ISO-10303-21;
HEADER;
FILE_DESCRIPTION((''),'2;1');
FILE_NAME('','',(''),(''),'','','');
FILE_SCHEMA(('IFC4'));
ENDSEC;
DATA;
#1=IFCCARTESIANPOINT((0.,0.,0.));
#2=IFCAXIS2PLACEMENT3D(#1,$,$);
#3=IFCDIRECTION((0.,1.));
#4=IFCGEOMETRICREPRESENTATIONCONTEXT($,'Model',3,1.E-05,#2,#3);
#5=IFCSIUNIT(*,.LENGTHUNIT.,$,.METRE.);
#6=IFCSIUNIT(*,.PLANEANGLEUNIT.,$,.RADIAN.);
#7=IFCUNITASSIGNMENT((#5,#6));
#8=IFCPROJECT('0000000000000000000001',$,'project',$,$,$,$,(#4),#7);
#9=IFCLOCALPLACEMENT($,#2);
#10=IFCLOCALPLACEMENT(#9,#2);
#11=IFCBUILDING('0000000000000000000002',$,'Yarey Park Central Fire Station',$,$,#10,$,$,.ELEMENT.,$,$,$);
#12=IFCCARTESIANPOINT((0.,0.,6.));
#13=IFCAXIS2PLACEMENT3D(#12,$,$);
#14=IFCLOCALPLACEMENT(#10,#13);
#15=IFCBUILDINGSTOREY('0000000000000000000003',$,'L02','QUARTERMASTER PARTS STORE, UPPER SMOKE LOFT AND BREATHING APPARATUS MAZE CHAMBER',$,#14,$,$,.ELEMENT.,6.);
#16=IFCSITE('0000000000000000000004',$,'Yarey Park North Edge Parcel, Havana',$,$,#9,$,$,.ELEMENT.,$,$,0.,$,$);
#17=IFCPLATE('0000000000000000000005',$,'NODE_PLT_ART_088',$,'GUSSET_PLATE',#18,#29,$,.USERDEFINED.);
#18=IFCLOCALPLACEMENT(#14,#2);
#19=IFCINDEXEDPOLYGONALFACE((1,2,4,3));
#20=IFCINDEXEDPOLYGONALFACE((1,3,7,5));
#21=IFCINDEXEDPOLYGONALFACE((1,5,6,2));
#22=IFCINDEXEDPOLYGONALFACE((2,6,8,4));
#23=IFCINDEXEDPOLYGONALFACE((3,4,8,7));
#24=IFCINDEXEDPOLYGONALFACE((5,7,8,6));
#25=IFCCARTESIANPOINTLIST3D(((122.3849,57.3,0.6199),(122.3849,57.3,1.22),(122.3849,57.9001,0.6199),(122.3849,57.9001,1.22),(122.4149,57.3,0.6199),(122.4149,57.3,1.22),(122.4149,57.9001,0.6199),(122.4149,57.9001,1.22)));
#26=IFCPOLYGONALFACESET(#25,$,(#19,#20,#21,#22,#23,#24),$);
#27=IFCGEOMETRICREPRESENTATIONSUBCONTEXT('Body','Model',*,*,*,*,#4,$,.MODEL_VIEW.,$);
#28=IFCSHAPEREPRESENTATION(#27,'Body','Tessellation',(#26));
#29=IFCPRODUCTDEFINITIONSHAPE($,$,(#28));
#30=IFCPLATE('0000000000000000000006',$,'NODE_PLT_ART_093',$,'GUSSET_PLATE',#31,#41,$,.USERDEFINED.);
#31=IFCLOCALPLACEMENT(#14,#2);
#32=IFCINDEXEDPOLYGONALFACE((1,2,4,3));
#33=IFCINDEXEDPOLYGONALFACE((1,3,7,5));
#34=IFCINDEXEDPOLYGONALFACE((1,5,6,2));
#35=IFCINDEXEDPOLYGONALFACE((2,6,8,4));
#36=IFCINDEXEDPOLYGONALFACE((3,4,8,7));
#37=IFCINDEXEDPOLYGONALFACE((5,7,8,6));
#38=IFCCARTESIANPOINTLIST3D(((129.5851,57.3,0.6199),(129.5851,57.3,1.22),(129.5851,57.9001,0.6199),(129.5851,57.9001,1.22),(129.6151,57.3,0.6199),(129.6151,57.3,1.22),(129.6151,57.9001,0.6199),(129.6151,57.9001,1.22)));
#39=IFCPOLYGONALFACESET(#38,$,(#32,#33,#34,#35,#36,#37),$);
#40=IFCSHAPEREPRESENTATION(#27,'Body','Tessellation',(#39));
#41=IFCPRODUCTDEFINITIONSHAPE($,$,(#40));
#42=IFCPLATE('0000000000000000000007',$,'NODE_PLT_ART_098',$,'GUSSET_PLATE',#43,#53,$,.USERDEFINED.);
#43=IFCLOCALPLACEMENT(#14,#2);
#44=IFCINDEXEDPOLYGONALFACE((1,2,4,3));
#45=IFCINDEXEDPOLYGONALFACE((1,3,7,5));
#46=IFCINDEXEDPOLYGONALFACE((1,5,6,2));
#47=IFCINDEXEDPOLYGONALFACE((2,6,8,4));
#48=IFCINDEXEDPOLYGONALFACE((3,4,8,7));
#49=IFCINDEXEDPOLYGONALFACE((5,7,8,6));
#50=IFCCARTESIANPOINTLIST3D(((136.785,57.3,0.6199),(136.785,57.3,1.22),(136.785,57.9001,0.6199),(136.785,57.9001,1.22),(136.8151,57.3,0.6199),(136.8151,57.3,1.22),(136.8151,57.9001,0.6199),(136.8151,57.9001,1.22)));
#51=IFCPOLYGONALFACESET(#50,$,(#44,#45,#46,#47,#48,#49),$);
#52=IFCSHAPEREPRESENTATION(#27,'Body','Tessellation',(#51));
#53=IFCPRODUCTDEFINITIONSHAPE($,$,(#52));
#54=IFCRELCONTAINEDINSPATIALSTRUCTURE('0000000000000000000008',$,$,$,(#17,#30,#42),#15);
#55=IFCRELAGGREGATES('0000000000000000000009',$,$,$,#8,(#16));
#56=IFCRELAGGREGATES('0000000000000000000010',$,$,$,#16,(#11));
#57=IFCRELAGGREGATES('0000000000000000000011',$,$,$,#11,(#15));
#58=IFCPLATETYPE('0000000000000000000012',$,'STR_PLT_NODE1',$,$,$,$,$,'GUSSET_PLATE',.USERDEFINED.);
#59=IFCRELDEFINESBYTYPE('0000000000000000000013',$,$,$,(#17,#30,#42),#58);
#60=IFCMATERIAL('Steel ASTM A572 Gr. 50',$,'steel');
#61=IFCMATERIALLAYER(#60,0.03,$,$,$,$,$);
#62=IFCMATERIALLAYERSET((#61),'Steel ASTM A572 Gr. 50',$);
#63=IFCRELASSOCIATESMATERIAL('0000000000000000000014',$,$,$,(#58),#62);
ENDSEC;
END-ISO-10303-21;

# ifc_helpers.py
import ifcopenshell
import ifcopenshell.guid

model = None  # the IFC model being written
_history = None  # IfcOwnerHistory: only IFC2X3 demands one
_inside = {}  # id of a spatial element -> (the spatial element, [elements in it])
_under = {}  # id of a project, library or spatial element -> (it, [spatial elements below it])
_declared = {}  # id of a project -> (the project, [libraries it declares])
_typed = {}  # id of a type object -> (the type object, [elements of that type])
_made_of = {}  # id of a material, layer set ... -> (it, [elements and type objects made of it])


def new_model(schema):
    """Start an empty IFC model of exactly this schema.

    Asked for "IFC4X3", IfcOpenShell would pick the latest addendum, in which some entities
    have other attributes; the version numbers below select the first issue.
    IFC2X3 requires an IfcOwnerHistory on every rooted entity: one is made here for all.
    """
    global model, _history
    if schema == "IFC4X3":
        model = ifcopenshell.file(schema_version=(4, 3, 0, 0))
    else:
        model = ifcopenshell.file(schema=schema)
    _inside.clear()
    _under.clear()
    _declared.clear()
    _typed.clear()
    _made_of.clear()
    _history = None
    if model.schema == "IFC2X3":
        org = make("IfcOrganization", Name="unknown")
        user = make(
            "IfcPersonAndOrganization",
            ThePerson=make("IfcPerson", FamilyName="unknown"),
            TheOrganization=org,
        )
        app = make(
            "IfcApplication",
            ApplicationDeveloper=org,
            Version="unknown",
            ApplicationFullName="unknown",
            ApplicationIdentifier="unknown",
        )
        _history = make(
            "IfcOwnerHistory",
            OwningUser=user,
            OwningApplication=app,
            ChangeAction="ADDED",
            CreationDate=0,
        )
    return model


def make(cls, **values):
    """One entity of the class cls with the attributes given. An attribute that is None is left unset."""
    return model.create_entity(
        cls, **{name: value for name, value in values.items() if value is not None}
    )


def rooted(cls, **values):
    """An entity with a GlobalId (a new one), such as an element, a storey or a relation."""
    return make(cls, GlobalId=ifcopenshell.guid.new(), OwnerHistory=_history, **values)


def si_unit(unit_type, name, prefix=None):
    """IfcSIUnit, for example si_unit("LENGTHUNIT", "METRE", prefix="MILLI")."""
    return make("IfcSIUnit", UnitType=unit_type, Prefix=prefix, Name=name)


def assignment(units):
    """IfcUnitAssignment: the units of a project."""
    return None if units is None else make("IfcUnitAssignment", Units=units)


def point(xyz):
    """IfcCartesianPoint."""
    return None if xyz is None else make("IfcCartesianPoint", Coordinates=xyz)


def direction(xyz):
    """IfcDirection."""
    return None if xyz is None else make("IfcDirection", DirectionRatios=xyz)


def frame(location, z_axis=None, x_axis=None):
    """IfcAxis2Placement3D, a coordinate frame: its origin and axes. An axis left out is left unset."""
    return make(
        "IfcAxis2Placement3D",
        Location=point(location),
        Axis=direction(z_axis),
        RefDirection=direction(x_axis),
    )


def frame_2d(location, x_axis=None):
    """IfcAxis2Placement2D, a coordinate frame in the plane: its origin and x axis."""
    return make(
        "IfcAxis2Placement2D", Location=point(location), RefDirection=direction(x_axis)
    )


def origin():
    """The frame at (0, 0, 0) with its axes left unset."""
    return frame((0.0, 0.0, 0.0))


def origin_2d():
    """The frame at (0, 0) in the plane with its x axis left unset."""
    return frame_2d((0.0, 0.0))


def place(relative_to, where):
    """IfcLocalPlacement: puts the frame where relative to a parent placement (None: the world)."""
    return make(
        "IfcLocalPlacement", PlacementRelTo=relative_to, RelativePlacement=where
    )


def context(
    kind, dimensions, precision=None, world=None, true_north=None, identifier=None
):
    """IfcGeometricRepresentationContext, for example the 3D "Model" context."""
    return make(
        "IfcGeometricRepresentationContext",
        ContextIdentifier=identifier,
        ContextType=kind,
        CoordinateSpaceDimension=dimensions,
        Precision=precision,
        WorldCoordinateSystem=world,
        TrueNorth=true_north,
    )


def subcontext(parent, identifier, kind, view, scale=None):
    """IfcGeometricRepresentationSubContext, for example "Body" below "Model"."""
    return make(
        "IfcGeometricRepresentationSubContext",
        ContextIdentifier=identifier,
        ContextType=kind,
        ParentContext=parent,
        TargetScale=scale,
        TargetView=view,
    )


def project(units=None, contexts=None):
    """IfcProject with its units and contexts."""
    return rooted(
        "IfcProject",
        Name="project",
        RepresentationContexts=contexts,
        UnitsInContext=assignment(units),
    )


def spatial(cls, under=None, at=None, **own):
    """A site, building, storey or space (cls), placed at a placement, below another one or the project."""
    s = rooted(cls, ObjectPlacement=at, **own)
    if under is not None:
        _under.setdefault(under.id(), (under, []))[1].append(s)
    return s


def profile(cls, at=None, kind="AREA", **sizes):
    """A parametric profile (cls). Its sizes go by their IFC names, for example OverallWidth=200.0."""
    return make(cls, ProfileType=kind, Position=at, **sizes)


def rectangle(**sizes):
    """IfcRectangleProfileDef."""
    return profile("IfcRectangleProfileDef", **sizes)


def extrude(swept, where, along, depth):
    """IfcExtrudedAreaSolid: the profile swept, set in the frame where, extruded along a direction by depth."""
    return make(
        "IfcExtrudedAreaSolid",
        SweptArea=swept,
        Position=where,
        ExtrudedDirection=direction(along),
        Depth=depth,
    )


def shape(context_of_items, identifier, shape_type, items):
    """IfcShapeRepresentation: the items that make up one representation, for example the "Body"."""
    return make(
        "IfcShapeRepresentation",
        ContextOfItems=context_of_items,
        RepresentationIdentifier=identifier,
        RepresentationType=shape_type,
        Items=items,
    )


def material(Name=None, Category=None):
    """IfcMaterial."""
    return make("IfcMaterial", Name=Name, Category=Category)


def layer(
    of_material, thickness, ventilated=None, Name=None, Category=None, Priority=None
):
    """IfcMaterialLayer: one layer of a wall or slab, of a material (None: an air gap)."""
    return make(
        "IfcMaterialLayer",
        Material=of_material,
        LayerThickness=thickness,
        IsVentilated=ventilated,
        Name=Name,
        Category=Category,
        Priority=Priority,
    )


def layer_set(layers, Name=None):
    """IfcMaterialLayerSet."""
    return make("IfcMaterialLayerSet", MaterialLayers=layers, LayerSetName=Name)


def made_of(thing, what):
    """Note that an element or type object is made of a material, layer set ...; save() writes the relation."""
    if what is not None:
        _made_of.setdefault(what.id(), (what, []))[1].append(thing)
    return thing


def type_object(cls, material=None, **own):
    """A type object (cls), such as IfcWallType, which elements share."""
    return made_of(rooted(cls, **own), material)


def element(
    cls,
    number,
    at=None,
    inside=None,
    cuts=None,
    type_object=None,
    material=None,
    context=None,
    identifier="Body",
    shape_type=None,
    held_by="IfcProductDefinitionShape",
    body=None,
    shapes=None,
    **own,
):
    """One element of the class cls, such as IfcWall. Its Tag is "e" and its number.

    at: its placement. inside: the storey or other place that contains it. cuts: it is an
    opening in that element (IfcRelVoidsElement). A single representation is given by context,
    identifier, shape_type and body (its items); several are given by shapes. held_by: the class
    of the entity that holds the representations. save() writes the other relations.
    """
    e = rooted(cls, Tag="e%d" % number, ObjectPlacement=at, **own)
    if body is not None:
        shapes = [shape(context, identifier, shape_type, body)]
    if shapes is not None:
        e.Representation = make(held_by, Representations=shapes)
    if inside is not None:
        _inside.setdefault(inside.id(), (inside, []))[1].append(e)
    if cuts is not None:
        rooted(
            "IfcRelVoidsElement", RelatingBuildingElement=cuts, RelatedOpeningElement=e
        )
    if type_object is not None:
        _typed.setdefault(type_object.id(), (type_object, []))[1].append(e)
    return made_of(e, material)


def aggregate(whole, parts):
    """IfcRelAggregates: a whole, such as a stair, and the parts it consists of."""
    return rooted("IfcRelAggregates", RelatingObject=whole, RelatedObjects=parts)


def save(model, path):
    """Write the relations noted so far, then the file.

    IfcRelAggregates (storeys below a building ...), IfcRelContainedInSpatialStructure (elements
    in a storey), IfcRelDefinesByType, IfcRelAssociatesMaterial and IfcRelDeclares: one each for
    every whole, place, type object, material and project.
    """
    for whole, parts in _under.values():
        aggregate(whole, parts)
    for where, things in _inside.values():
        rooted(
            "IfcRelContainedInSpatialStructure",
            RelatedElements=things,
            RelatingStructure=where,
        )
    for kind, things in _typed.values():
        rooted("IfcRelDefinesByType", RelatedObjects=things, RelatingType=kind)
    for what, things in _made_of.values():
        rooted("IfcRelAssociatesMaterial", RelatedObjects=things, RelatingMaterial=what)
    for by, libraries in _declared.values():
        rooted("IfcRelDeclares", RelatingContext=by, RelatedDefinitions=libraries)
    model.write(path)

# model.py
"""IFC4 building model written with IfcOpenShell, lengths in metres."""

from ifc_helpers import new_model, si_unit, direction, frame, origin, origin_2d, place, context, subcontext, project, spatial, rectangle, extrude, material, layer, layer_set, type_object, element, save


model = new_model("IFC4")

# Units and contexts
model_context = context("Model", 3, precision=1e-05, world=origin(), true_north=direction((0.0, 1.0)))
body_context = subcontext(model_context, "Body", "Model", "MODEL_VIEW")
ifc_project = project(units=[si_unit("LENGTHUNIT", "METRE"), si_unit("PLANEANGLEUNIT", "RADIAN")], contexts=[model_context])

# Site, building, storey
site_placement = place(None, origin())
site = spatial("IfcSite", under=ifc_project, at=site_placement, Name="Yarey Park North Edge Parcel, Havana", CompositionType="ELEMENT", RefElevation=0.0)
building_placement = place(site_placement, origin())
building = spatial("IfcBuilding", under=site, at=building_placement, Name="Yarey Park Central Fire Station", CompositionType="ELEMENT")
storey_placement = place(building_placement, frame((0.0, 0.0, 6.0)))
storey = spatial("IfcBuildingStorey", under=building, at=storey_placement, Name="L02", Description="QUARTERMASTER PARTS STORE, UPPER SMOKE LOFT AND BREATHING APPARATUS MAZE CHAMBER", CompositionType="ELEMENT", Elevation=6.0)

# Plates
ifc_material_1 = material(Name="Steel ASTM A572 Gr. 50", Category="steel")
ifc_layer_1 = layer(ifc_material_1, 0.03)
ifc_layer_set_1 = layer_set([ifc_layer_1], Name="Steel ASTM A572 Gr. 50")
plate_type_1 = type_object("IfcPlateType", Name="STR_PLT_NODE1", ElementType="GUSSET_PLATE", PredefinedType="USERDEFINED", material=ifc_layer_set_1)
for number, where, z_axis, x_axis, name in (
    (1, (122.3999, 57.6001, 0.6199), (0.0, 0.0, 1.0), (1.0, 0.0, 0.0), "NODE_PLT_ART_088"),
    (2, (129.6001, 57.6001, 0.6199), (0.0, 0.0, 1.0), (1.0, 0.0, 0.0), "NODE_PLT_ART_093"),
    (3, (136.8, 57.6001, 0.6199), (0.0, 0.0, 1.0), (1.0, 0.0, 0.0), "NODE_PLT_ART_098"),
):
    element("IfcPlate", number, at=place(storey_placement, frame(where, z_axis=z_axis, x_axis=x_axis)), inside=storey, type_object=plate_type_1, Name=name, ObjectType="GUSSET_PLATE", PredefinedType="USERDEFINED", context=body_context, shape_type="SweptSolid", body=[
        extrude(rectangle(XDim=0.03, YDim=0.6001, at=origin_2d()), origin(), (0.0, 0.0, 1.0), 0.6001),
    ])

save(model, "model.ifc")
